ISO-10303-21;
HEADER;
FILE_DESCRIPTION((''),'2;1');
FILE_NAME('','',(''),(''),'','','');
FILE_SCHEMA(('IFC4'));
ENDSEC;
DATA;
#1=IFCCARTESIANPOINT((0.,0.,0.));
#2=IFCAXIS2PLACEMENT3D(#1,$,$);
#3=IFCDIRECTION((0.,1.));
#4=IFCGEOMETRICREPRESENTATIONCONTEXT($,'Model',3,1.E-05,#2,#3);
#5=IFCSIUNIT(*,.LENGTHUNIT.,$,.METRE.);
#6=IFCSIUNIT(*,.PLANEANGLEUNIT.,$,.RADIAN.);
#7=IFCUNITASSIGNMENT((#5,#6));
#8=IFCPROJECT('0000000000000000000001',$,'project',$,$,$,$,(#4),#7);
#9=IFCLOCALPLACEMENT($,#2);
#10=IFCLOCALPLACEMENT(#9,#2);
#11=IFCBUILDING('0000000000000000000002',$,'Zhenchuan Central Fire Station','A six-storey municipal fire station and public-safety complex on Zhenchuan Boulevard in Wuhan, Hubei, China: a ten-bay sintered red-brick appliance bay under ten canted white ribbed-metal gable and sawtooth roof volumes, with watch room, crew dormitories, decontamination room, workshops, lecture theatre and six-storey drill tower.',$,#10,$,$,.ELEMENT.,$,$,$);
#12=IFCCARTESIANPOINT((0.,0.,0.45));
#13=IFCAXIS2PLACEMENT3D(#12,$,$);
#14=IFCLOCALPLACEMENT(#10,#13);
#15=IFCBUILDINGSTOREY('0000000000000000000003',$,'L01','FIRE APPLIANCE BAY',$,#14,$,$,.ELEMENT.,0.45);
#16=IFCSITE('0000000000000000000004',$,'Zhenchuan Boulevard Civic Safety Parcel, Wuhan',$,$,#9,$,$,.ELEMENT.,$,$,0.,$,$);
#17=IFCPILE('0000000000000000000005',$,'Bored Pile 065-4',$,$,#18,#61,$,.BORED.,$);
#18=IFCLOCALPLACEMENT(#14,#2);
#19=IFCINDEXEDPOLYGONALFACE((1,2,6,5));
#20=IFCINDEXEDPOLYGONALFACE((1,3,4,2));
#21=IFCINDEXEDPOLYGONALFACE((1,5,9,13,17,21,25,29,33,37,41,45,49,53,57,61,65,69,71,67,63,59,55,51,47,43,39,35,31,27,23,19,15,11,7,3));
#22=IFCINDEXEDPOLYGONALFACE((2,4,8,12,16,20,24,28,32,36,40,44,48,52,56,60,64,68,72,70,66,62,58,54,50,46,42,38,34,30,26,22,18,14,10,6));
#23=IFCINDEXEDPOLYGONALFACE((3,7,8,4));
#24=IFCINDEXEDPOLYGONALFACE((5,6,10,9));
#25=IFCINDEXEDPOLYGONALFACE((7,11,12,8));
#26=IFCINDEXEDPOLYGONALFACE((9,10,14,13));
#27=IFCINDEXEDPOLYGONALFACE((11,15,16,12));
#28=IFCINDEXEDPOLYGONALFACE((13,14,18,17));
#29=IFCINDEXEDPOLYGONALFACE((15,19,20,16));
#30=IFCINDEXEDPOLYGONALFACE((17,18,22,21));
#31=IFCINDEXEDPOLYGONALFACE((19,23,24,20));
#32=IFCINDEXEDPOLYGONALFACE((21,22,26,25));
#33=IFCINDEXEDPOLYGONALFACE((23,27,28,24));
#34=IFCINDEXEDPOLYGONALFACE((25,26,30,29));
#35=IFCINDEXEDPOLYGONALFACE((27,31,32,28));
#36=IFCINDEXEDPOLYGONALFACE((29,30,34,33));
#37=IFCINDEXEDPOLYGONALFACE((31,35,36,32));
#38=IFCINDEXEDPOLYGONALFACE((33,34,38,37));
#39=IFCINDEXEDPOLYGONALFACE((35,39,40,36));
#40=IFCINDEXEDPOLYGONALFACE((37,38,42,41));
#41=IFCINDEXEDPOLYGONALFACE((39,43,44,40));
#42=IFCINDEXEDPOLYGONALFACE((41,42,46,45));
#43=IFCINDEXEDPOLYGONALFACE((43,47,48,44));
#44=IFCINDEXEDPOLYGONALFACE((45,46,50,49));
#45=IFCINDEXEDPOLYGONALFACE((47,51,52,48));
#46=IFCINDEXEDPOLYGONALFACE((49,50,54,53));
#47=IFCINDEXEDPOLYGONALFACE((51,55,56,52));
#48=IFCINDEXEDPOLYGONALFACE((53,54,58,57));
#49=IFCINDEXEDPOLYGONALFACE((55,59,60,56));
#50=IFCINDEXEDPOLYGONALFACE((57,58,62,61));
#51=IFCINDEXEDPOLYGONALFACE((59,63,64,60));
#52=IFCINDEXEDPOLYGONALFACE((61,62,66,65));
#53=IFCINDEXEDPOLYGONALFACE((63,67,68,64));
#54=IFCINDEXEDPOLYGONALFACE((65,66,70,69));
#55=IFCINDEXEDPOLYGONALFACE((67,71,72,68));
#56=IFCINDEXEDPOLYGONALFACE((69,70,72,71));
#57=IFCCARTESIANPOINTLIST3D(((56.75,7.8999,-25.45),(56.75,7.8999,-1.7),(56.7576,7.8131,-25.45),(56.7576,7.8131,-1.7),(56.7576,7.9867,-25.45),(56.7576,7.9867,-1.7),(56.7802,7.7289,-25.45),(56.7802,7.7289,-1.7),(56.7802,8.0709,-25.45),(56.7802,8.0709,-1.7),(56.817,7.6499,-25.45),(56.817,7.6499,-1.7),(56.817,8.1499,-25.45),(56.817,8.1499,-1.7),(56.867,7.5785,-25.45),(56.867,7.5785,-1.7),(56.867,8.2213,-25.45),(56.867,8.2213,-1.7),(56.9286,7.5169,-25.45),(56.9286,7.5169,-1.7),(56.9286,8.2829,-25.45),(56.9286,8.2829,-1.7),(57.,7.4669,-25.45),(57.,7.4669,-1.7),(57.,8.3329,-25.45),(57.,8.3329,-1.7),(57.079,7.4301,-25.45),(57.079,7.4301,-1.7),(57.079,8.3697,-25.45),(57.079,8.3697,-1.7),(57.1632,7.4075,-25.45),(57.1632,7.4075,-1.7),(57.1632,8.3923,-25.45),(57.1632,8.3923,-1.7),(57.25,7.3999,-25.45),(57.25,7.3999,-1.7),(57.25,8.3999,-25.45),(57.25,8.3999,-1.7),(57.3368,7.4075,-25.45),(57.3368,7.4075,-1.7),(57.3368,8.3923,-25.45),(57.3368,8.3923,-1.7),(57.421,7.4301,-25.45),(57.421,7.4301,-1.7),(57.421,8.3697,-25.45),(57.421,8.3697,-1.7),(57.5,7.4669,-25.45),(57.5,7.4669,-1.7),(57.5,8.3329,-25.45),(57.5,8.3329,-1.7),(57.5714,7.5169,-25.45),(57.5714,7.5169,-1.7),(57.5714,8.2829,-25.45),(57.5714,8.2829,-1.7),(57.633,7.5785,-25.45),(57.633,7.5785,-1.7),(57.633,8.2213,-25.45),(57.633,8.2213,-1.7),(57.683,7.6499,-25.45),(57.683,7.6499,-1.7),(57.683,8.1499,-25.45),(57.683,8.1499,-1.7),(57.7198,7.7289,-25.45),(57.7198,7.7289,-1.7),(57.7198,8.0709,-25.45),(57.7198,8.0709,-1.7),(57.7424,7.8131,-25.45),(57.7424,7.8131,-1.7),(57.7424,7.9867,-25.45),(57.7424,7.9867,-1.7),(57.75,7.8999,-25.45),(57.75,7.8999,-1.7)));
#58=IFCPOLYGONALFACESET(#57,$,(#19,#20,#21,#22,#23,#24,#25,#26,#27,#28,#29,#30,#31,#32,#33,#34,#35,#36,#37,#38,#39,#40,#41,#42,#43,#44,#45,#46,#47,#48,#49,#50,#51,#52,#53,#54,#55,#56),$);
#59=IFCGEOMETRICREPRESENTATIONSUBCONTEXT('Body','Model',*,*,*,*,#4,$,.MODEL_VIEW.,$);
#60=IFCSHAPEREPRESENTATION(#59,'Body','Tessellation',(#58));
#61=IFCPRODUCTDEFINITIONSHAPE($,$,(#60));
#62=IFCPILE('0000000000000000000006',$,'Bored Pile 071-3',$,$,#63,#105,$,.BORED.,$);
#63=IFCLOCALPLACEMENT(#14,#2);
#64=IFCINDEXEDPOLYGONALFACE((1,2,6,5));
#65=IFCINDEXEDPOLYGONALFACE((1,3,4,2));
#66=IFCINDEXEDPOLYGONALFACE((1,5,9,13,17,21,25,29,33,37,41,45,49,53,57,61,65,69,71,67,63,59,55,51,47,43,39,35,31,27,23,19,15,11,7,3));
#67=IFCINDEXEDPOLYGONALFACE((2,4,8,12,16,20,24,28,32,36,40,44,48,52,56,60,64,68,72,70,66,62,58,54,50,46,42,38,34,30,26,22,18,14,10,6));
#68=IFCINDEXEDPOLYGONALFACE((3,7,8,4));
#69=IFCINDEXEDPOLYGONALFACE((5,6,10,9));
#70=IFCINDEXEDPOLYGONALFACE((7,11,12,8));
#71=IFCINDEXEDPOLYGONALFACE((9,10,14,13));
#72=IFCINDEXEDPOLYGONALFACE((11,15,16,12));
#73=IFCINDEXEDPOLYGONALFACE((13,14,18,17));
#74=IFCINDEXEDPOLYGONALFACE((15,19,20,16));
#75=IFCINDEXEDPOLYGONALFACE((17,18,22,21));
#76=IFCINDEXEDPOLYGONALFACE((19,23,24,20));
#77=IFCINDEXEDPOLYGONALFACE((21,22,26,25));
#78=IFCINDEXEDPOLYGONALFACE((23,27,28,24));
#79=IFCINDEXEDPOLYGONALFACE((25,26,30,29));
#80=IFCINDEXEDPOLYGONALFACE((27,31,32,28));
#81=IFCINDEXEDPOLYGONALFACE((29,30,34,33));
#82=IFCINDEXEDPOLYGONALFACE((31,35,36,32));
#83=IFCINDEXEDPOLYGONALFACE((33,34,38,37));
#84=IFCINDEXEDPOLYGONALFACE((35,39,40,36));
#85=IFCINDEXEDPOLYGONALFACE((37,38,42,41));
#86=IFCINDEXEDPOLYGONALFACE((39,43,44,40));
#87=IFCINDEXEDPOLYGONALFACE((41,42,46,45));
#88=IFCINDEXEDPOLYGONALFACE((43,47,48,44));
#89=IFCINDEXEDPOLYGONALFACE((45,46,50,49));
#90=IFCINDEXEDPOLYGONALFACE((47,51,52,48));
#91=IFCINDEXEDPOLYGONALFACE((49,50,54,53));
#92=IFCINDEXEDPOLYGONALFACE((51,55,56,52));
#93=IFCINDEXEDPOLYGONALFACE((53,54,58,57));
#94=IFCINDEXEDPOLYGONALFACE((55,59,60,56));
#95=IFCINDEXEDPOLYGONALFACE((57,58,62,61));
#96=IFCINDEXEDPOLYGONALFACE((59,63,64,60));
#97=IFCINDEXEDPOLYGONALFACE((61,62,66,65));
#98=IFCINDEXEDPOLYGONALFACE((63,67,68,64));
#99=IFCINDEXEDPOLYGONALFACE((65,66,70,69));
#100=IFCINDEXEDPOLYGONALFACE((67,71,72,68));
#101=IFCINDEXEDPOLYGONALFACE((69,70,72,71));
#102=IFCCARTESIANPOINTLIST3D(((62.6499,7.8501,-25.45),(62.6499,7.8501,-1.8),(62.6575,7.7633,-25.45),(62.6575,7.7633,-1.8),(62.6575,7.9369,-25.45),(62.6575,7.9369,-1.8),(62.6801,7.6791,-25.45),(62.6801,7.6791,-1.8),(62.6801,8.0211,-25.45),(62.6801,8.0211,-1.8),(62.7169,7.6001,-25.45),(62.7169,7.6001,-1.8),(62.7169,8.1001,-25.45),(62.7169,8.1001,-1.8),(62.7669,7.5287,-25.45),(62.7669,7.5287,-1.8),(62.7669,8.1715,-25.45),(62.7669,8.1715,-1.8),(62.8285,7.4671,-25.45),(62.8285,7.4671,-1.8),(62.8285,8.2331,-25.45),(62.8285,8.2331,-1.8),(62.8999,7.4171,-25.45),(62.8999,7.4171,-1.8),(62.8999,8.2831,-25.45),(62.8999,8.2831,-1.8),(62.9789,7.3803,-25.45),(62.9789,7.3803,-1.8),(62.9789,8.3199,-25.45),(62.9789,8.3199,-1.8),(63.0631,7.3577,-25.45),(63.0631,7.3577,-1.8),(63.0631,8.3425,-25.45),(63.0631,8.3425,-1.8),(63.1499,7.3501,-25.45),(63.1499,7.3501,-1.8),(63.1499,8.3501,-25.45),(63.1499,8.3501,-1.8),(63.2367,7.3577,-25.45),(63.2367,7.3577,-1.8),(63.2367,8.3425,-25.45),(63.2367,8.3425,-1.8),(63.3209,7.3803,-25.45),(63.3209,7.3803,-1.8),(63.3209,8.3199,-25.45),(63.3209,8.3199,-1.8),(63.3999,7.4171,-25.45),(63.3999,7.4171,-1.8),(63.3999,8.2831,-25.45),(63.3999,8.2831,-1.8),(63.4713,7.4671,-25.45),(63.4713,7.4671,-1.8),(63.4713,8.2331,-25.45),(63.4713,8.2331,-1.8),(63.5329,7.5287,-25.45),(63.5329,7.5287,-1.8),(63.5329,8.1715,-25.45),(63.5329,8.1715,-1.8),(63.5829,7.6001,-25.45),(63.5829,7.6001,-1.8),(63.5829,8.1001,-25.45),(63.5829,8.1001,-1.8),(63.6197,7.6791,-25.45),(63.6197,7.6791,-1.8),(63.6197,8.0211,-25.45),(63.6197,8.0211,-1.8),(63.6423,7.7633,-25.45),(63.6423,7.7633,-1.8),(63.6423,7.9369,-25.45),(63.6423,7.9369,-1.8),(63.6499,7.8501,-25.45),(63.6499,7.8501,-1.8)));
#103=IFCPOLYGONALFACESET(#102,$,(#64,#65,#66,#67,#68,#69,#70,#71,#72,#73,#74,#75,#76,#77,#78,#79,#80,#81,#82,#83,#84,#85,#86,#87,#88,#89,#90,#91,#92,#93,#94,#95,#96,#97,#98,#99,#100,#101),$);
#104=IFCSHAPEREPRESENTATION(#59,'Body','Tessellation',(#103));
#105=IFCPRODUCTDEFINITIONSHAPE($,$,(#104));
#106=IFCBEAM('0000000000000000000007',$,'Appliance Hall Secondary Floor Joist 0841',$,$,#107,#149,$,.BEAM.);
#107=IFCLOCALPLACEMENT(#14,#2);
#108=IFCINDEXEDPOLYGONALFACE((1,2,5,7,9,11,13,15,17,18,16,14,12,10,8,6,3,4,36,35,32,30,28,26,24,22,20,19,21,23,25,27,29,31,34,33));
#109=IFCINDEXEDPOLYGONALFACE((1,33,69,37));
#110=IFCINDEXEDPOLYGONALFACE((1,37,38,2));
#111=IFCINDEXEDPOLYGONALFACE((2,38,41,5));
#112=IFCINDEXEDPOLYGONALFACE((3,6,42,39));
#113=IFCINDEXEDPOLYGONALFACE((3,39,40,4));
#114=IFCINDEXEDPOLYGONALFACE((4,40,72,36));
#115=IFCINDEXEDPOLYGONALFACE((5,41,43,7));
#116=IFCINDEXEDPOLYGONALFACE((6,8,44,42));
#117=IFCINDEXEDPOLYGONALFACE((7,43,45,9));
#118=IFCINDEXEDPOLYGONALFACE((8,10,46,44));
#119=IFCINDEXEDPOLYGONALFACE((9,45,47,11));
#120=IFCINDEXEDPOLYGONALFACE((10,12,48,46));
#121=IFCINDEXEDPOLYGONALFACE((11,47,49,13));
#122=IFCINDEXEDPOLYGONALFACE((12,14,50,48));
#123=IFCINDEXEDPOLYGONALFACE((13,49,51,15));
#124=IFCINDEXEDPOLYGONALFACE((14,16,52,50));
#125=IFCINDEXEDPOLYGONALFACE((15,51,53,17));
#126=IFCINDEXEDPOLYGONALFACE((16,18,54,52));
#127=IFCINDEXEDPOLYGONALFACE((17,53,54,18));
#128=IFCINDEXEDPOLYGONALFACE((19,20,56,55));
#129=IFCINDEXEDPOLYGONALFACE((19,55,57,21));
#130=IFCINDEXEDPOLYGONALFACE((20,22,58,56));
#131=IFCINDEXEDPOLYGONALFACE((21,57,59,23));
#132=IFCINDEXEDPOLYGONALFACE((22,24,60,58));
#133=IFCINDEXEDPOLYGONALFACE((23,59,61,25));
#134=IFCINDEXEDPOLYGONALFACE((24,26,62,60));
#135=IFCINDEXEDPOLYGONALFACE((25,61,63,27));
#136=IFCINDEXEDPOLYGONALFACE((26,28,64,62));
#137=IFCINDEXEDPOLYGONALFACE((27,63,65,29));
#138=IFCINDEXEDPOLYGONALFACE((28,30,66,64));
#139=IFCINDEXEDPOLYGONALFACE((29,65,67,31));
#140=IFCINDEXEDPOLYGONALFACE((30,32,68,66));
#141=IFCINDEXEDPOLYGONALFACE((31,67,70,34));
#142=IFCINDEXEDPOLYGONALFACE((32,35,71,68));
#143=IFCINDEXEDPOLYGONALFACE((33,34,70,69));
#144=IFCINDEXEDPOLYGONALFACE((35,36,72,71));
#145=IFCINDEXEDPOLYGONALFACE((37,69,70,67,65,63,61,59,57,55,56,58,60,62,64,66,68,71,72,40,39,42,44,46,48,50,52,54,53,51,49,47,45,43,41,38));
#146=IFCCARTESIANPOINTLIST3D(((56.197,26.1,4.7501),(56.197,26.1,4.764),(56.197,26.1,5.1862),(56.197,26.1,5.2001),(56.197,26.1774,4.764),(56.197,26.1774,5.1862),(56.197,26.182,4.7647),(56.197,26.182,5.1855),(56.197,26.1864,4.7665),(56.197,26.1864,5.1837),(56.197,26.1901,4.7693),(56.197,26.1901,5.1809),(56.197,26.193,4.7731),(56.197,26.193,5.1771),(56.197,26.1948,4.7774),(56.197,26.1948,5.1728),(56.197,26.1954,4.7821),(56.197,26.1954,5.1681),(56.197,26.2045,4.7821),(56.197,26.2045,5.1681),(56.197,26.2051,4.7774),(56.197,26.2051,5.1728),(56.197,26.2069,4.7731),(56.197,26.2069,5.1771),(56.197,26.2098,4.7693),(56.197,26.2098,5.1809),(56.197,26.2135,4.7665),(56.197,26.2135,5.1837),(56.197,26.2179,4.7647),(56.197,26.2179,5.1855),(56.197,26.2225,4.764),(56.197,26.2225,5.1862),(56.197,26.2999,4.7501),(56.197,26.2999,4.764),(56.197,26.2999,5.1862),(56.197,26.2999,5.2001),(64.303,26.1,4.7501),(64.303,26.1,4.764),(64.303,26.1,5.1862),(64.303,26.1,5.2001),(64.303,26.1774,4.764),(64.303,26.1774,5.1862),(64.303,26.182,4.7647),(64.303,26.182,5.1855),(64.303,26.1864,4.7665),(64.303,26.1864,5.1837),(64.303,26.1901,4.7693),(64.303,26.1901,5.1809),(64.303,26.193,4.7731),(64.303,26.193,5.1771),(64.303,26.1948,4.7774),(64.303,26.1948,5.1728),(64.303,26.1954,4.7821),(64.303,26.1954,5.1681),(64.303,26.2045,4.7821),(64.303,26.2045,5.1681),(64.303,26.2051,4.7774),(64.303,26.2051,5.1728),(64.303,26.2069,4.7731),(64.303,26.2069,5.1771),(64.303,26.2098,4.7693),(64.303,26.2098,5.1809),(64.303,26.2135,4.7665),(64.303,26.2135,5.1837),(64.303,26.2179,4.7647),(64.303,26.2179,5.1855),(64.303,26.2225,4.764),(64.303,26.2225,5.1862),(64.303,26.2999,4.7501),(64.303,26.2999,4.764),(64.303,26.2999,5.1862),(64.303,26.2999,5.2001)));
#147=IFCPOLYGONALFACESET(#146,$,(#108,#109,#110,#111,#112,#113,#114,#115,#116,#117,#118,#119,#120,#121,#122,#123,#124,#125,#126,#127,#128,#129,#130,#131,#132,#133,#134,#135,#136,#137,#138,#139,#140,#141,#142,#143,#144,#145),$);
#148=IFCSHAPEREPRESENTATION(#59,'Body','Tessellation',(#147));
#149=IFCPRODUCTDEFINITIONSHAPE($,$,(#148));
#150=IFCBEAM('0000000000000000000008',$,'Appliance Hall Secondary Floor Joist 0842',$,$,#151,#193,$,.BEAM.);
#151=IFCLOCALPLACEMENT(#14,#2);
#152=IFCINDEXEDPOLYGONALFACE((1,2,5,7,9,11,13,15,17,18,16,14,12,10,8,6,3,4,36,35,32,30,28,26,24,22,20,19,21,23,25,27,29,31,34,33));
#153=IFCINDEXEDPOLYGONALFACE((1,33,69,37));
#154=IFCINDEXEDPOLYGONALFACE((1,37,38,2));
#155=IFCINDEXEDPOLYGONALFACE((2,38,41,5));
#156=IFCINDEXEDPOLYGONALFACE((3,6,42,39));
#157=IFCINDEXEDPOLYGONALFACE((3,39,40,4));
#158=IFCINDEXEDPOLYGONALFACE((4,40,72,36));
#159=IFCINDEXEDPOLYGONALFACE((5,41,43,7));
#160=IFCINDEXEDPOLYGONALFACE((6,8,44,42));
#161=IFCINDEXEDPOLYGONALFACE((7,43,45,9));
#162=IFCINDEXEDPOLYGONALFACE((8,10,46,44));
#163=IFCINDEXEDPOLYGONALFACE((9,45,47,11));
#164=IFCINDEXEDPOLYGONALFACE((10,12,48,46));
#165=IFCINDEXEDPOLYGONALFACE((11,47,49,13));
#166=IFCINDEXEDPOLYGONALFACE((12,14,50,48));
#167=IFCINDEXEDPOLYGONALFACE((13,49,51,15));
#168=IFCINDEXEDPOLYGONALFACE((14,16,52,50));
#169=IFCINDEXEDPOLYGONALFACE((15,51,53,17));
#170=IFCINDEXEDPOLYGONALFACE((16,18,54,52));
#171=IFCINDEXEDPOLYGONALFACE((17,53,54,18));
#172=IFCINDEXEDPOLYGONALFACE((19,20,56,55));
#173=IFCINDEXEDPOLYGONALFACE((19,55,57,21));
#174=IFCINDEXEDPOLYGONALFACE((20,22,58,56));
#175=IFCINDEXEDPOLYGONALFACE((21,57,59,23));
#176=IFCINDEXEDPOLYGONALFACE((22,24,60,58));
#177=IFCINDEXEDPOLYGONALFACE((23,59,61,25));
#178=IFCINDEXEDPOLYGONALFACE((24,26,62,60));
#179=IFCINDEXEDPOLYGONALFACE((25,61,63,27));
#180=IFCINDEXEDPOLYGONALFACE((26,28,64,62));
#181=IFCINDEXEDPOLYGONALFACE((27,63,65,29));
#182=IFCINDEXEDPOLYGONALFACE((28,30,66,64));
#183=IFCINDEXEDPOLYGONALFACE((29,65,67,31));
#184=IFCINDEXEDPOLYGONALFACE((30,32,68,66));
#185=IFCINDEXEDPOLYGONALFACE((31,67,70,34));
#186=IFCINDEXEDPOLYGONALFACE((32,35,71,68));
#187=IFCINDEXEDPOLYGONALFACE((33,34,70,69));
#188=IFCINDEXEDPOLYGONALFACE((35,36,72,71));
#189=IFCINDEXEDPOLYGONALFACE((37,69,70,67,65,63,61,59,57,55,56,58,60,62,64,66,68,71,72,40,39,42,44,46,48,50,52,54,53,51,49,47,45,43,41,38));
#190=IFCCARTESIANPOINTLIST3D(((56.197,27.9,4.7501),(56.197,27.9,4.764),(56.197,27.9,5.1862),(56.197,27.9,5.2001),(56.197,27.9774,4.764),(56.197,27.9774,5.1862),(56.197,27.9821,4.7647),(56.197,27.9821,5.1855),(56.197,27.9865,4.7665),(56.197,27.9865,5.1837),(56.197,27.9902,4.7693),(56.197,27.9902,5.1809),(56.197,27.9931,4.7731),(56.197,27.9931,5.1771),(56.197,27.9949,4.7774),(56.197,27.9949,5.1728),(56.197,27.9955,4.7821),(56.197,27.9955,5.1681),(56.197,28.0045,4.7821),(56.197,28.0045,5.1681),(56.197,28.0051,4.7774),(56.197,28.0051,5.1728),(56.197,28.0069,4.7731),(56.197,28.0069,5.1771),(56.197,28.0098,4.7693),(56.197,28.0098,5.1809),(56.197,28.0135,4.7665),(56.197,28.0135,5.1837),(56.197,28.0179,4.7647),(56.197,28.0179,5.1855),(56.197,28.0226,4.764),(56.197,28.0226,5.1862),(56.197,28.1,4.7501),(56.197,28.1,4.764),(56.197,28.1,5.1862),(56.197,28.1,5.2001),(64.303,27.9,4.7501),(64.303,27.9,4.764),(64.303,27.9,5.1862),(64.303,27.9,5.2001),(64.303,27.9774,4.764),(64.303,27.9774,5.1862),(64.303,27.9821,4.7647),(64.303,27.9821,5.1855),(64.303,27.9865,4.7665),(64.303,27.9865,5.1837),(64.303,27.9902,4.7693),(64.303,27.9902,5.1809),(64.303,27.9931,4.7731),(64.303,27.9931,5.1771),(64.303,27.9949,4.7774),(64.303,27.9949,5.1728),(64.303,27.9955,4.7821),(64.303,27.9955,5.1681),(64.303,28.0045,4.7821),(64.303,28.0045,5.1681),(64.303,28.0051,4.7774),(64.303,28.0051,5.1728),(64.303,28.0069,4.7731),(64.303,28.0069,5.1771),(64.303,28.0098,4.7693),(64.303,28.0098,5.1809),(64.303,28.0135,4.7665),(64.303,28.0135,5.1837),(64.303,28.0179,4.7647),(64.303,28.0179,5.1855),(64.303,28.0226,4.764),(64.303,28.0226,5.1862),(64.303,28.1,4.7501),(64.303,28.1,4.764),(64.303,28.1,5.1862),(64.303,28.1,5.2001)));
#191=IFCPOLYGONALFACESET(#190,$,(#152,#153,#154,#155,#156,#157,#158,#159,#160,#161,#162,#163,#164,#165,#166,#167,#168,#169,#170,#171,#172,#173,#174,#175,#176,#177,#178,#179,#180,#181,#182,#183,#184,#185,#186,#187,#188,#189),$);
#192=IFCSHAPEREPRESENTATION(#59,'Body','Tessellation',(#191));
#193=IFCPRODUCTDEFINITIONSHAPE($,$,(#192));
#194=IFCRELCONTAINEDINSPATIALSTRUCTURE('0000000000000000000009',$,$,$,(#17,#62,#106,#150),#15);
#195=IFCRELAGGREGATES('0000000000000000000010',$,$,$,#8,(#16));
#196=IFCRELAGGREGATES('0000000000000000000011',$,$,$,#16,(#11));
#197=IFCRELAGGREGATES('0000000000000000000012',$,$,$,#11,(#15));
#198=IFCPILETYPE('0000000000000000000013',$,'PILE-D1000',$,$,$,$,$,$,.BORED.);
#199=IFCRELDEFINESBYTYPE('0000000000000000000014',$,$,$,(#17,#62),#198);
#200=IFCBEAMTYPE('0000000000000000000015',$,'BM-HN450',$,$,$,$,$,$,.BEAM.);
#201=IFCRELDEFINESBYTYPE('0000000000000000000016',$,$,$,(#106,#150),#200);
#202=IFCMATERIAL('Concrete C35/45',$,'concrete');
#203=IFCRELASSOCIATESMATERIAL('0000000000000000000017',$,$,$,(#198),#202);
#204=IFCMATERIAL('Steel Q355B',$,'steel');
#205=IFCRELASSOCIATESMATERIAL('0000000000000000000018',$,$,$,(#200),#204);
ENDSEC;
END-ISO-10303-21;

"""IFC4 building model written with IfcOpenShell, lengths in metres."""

from ifc_helpers import new_model, si_unit, direction, frame, origin, origin_2d, place, context, subcontext, project, spatial, circle, i_section, extrude, material, material_profile, profile_set, type_object, element, save


model = new_model("IFC4")

# Units and contexts
model_context = context("Model", 3, precision=1e-05, world=origin(), true_north=direction((0.0, 1.0)))
body_context = subcontext(model_context, "Body", "Model", "MODEL_VIEW")
ifc_project = project(units=[si_unit("LENGTHUNIT", "METRE"), si_unit("PLANEANGLEUNIT", "RADIAN")], contexts=[model_context])

# Site, building, storey
site_placement = place(None, origin())
site = spatial("IfcSite", under=ifc_project, at=site_placement, Name="Zhenchuan Boulevard Civic Safety Parcel, Wuhan", CompositionType="ELEMENT", RefElevation=0.0)
building_placement = place(site_placement, origin())
building = spatial("IfcBuilding", under=site, at=building_placement, Name="Zhenchuan Central Fire Station", Description="A six-storey municipal fire station and public-safety complex on Zhenchuan Boulevard in Wuhan, Hubei, China: a ten-bay sintered red-brick appliance bay under ten canted white ribbed-metal gable and sawtooth roof volumes, with watch room, crew dormitories, decontamination room, workshops, lecture theatre and six-storey drill tower.", CompositionType="ELEMENT")
storey_placement = place(building_placement, frame((0.0, 0.0, 0.45)))
storey = spatial("IfcBuildingStorey", under=building, at=storey_placement, Name="L01", Description="FIRE APPLIANCE BAY", CompositionType="ELEMENT", Elevation=0.45)

# Piles
ifc_material_1 = material(Name="Concrete C35/45", Category="concrete")
ifc_material_profile_1 = material_profile(ifc_material_1, circle(Radius=0.5, at=origin_2d()), Name="PILE D1000")
ifc_profile_set_1 = profile_set([ifc_material_profile_1], Name="Concrete C35/45")
pile_type = type_object("IfcPileType", Name="PILE-D1000", PredefinedType="BORED", material=ifc_profile_set_1)
pile_1_placement = place(storey_placement, frame((57.25, 7.8999, -1.7), z_axis=(0.0, 0.0, -1.0), x_axis=(1.0, 0.0, 0.0)))
element("IfcPile", 1, at=pile_1_placement, inside=storey, type_object=pile_type, Name="Bored Pile 065-4", PredefinedType="BORED", context=body_context, shape_type="SweptSolid", body=[
    extrude(circle(Radius=0.5, at=origin_2d()), origin(), (0.0, 0.0, 1.0), 23.75),
])
pile_2_placement = place(storey_placement, frame((63.1499, 7.8501, -1.8), z_axis=(0.0, 0.0, -1.0), x_axis=(1.0, 0.0, 0.0)))
element("IfcPile", 2, at=pile_2_placement, inside=storey, type_object=pile_type, Name="Bored Pile 071-3", PredefinedType="BORED", context=body_context, shape_type="SweptSolid", body=[
    extrude(circle(Radius=0.5, at=origin_2d()), origin(), (0.0, 0.0, 1.0), 23.6499),
])

# Beams
ifc_material_2 = material(Name="Steel Q355B", Category="steel")
ifc_material_profile_2 = material_profile(ifc_material_2, i_section(OverallWidth=0.2, OverallDepth=0.45, WebThickness=0.009, FlangeThickness=0.0139, FilletRadius=0.0181, at=origin_2d()), Name="HN 450x200")
ifc_profile_set_2 = profile_set([ifc_material_profile_2], Name="Steel Q355B")
beam_type_1 = type_object("IfcBeamType", Name="BM-HN450", PredefinedType="BEAM", material=ifc_profile_set_2)
for number, where, z_axis, x_axis, name in (
    (3, (56.197, 26.2, 4.9751), (1.0, 0.0, 0.0), (0.0, 1.0, 0.0), "Appliance Hall Secondary Floor Joist 0841"),
    (4, (56.197, 28.0, 4.9751), (1.0, 0.0, 0.0), (0.0, 1.0, 0.0), "Appliance Hall Secondary Floor Joist 0842"),
):
    element("IfcBeam", number, at=place(storey_placement, frame(where, z_axis=z_axis, x_axis=x_axis)), inside=storey, type_object=beam_type_1, Name=name, PredefinedType="BEAM", context=body_context, shape_type="SweptSolid", body=[
        extrude(i_section(OverallWidth=0.2, OverallDepth=0.45, WebThickness=0.009, FlangeThickness=0.0139, FilletRadius=0.0181, at=origin_2d()), origin(), (0.0, 0.0, 1.0), 8.106),
    ])

save(model, "model.ifc")
